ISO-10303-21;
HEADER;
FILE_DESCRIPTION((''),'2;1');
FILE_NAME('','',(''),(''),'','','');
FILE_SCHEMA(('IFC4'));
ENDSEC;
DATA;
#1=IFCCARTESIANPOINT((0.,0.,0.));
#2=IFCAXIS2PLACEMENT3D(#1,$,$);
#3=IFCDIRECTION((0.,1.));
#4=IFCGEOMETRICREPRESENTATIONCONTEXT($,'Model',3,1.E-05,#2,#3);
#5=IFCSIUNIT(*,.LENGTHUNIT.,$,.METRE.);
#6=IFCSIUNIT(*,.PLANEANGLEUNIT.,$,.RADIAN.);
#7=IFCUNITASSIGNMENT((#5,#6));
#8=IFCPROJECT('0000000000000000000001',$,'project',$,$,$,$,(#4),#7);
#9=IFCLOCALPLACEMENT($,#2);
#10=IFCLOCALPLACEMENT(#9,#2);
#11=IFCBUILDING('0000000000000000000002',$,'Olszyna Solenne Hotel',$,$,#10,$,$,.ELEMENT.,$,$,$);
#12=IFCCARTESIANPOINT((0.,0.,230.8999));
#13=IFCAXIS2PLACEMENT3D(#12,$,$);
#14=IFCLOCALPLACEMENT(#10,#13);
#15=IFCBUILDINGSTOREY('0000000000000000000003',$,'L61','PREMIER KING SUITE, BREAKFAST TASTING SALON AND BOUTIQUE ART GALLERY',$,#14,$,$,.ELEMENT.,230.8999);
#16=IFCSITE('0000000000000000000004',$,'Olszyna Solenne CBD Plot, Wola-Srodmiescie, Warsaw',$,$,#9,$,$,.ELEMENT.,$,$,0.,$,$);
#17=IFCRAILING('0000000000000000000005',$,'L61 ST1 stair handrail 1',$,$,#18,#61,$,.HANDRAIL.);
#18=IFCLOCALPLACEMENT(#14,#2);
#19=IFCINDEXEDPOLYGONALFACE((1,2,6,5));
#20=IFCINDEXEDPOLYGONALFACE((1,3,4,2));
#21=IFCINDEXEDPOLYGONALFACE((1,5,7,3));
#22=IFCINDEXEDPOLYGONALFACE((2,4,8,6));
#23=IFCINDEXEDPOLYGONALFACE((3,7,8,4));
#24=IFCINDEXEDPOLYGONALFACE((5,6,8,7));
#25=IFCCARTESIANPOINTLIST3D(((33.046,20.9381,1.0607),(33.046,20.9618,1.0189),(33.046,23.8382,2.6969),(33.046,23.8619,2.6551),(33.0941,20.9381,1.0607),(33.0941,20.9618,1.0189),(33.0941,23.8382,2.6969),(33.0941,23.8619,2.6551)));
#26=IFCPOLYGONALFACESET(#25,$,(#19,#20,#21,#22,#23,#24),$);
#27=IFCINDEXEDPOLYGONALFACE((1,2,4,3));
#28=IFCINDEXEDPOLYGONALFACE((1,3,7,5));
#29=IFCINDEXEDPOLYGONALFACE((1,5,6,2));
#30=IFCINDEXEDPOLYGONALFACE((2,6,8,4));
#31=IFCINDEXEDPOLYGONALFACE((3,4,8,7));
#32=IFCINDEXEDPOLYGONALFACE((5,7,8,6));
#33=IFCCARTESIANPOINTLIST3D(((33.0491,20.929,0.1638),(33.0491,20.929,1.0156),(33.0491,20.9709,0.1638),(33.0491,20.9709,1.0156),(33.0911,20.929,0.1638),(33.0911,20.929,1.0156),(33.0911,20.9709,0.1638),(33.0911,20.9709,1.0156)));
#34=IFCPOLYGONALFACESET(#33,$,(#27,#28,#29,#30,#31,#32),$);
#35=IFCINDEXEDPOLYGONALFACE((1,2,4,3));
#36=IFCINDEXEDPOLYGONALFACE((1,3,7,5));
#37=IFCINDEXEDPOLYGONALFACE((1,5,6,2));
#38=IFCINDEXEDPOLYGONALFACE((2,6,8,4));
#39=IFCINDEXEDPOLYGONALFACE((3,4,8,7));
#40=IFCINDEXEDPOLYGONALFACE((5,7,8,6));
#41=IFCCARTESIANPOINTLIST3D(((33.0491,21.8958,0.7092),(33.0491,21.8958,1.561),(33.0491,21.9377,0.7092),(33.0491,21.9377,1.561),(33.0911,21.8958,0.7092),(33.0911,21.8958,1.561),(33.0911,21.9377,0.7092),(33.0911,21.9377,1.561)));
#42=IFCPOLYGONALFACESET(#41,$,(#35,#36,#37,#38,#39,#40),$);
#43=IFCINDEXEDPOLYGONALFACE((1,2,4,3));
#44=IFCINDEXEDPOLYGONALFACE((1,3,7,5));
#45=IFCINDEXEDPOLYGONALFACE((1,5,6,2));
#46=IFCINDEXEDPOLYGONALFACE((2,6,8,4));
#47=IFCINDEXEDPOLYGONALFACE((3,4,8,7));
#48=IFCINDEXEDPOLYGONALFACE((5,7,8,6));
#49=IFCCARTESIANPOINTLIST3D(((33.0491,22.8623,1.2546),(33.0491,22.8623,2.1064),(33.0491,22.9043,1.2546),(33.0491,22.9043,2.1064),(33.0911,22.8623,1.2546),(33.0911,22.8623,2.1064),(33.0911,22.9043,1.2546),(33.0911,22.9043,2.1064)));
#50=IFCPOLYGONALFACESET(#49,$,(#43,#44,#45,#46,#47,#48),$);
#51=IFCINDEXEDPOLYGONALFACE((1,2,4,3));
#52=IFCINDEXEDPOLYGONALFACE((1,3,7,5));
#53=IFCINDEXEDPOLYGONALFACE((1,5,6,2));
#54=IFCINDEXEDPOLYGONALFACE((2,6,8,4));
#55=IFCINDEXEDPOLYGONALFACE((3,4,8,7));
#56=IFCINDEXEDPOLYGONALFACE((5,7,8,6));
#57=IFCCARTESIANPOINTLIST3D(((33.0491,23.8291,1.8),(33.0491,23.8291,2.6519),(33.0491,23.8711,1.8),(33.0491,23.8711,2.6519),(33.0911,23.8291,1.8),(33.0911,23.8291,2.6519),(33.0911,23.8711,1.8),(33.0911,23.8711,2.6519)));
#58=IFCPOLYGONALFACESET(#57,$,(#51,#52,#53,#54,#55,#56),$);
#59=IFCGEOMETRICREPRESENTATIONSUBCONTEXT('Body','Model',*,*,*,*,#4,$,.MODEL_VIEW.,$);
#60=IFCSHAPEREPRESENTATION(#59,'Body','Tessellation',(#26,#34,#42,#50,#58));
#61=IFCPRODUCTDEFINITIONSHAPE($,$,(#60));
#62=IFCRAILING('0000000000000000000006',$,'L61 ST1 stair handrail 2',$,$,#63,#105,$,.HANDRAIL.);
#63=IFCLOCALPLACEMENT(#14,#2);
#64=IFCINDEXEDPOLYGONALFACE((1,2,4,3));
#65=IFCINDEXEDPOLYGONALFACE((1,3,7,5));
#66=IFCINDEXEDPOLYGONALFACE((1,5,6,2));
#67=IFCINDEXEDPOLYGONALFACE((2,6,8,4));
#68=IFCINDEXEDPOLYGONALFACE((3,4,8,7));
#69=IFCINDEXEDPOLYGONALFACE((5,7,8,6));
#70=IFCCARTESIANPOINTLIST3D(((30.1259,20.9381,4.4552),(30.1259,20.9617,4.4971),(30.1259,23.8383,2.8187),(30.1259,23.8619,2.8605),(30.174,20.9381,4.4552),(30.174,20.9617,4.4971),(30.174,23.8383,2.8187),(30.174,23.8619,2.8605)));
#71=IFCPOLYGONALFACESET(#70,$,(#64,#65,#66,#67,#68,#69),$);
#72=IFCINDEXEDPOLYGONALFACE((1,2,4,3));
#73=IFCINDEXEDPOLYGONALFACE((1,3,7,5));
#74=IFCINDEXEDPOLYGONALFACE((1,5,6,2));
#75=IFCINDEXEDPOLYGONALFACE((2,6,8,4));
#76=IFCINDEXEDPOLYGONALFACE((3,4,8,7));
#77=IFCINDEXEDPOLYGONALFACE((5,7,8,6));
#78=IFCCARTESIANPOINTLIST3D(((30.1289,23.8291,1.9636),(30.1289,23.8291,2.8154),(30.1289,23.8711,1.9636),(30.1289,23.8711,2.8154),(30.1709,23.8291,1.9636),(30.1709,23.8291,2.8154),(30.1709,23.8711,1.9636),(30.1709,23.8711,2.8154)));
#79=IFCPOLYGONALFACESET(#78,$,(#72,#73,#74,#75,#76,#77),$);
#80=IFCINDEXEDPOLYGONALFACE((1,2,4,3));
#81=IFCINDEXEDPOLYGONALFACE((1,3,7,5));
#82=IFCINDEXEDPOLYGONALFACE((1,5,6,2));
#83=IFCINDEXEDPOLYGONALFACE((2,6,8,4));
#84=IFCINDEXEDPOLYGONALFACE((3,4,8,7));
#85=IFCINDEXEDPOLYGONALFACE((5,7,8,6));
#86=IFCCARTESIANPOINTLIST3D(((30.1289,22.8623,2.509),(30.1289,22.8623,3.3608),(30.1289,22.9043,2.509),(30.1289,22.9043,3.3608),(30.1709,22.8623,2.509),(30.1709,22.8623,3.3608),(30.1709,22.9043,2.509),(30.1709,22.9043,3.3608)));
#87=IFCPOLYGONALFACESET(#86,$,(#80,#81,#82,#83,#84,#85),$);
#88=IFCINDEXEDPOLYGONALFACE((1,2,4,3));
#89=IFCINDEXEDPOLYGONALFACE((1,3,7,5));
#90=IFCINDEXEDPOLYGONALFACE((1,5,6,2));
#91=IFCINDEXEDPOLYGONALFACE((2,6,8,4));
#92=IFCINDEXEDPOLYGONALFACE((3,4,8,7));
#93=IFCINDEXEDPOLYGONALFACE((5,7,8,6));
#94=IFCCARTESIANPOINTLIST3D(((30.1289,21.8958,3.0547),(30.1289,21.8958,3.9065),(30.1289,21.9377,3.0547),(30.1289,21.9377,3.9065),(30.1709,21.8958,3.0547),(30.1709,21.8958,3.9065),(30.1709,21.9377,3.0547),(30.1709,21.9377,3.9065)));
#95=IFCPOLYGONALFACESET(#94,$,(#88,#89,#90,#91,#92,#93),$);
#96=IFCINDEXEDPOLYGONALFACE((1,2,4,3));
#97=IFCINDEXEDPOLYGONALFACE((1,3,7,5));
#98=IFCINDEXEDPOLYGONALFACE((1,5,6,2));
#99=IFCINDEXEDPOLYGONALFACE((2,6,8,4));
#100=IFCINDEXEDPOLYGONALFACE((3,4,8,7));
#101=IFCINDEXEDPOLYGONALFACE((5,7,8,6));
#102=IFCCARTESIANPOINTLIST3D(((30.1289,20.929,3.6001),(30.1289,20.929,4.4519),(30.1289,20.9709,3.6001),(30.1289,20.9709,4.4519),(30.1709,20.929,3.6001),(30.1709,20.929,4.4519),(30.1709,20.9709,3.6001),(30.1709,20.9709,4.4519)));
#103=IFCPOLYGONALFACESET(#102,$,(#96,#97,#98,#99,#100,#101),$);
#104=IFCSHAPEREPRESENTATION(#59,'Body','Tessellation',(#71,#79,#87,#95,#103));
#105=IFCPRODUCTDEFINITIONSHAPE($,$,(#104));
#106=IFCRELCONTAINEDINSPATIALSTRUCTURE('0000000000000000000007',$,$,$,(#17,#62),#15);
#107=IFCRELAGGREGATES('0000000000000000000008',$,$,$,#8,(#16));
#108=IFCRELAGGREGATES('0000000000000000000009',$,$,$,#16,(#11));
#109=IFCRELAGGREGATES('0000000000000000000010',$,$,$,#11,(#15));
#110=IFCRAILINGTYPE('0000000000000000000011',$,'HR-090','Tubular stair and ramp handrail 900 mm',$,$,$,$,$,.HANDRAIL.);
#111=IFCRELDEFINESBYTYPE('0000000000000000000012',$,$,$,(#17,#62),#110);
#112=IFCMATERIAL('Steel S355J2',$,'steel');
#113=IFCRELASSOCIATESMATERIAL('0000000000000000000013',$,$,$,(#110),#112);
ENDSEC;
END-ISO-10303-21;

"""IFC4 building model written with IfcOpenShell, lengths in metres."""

from ifc_helpers import new_model, si_unit, direction, frame, origin, origin_2d, place, context, subcontext, project, spatial, rectangle, extrude, material, type_object, element, save


model = new_model("IFC4")

# Units and contexts
model_context = context("Model", 3, precision=1e-05, world=origin(), true_north=direction((0.0, 1.0)))
body_context = subcontext(model_context, "Body", "Model", "MODEL_VIEW")
ifc_project = project(units=[si_unit("LENGTHUNIT", "METRE"), si_unit("PLANEANGLEUNIT", "RADIAN")], contexts=[model_context])

# Site, building, storey
site_placement = place(None, origin())
site = spatial("IfcSite", under=ifc_project, at=site_placement, Name="Olszyna Solenne CBD Plot, Wola-Srodmiescie, Warsaw", CompositionType="ELEMENT", RefElevation=0.0)
building_placement = place(site_placement, origin())
building = spatial("IfcBuilding", under=site, at=building_placement, Name="Olszyna Solenne Hotel", CompositionType="ELEMENT")
storey_placement = place(building_placement, frame((0.0, 0.0, 230.8999)))
storey = spatial("IfcBuildingStorey", under=building, at=storey_placement, Name="L61", Description="PREMIER KING SUITE, BREAKFAST TASTING SALON AND BOUTIQUE ART GALLERY", CompositionType="ELEMENT", Elevation=230.8999)

# Shared definitions
ifc_material_1 = material(Name="Steel S355J2", Category="steel")

# Railings
railing_type_1 = type_object("IfcRailingType", Name="HR-090", Description="Tubular stair and ramp handrail 900 mm", PredefinedType="HANDRAIL", material=ifc_material_1)
railing_1_placement = place(storey_placement, frame((33.0701, 20.95, 0.1638)))
element("IfcRailing", 1, at=railing_1_placement, inside=storey, type_object=railing_type_1, Name="L61 ST1 stair handrail 1", PredefinedType="HANDRAIL", context=body_context, shape_type="SweptSolid", body=[
    extrude(rectangle(XDim=0.0481, YDim=0.0481, at=origin_2d()), frame((0.0, 0.0, 0.876), z_axis=(0.0, 0.870946, 0.491378), x_axis=(-1.0, 0.0, 0.0)), (0.0, 0.0, 1.0), 3.3298),
    extrude(rectangle(XDim=0.042, YDim=0.042, at=origin_2d()), origin(), (0.0, 0.0, 1.0), 0.8518),
    extrude(rectangle(XDim=0.042, YDim=0.042, at=origin_2d()), frame((0.0, 0.9668, 0.5454)), (0.0, 0.0, 1.0), 0.8518),
    extrude(rectangle(XDim=0.042, YDim=0.042, at=origin_2d()), frame((0.0, 1.9333, 1.0908)), (0.0, 0.0, 1.0), 0.8518),
    extrude(rectangle(XDim=0.042, YDim=0.042, at=origin_2d()), frame((0.0, 2.9001, 1.6362)), (0.0, 0.0, 1.0), 0.8518),
])
railing_2_placement = place(storey_placement, frame((30.1499, 23.8501, 1.9636)))
element("IfcRailing", 2, at=railing_2_placement, inside=storey, type_object=railing_type_1, Name="L61 ST1 stair handrail 2", PredefinedType="HANDRAIL", context=body_context, shape_type="SweptSolid", body=[
    extrude(rectangle(XDim=0.0481, YDim=0.0481, at=origin_2d()), frame((0.0, 0.0, 0.876), z_axis=(0.0, -0.870915, 0.491434), x_axis=(1.0, 0.0, 0.0)), (0.0, 0.0, 1.0), 3.3301),
    extrude(rectangle(XDim=0.042, YDim=0.042, at=origin_2d()), origin(), (0.0, 0.0, 1.0), 0.8518),
    extrude(rectangle(XDim=0.042, YDim=0.042, at=origin_2d()), frame((0.0, -0.9668, 0.5454)), (0.0, 0.0, 1.0), 0.8518),
    extrude(rectangle(XDim=0.042, YDim=0.042, at=origin_2d()), frame((0.0, -1.9333, 1.0911)), (0.0, 0.0, 1.0), 0.8518),
    extrude(rectangle(XDim=0.042, YDim=0.042, at=origin_2d()), frame((0.0, -2.9001, 1.6365)), (0.0, 0.0, 1.0), 0.8518),
])

save(model, "model.ifc")
